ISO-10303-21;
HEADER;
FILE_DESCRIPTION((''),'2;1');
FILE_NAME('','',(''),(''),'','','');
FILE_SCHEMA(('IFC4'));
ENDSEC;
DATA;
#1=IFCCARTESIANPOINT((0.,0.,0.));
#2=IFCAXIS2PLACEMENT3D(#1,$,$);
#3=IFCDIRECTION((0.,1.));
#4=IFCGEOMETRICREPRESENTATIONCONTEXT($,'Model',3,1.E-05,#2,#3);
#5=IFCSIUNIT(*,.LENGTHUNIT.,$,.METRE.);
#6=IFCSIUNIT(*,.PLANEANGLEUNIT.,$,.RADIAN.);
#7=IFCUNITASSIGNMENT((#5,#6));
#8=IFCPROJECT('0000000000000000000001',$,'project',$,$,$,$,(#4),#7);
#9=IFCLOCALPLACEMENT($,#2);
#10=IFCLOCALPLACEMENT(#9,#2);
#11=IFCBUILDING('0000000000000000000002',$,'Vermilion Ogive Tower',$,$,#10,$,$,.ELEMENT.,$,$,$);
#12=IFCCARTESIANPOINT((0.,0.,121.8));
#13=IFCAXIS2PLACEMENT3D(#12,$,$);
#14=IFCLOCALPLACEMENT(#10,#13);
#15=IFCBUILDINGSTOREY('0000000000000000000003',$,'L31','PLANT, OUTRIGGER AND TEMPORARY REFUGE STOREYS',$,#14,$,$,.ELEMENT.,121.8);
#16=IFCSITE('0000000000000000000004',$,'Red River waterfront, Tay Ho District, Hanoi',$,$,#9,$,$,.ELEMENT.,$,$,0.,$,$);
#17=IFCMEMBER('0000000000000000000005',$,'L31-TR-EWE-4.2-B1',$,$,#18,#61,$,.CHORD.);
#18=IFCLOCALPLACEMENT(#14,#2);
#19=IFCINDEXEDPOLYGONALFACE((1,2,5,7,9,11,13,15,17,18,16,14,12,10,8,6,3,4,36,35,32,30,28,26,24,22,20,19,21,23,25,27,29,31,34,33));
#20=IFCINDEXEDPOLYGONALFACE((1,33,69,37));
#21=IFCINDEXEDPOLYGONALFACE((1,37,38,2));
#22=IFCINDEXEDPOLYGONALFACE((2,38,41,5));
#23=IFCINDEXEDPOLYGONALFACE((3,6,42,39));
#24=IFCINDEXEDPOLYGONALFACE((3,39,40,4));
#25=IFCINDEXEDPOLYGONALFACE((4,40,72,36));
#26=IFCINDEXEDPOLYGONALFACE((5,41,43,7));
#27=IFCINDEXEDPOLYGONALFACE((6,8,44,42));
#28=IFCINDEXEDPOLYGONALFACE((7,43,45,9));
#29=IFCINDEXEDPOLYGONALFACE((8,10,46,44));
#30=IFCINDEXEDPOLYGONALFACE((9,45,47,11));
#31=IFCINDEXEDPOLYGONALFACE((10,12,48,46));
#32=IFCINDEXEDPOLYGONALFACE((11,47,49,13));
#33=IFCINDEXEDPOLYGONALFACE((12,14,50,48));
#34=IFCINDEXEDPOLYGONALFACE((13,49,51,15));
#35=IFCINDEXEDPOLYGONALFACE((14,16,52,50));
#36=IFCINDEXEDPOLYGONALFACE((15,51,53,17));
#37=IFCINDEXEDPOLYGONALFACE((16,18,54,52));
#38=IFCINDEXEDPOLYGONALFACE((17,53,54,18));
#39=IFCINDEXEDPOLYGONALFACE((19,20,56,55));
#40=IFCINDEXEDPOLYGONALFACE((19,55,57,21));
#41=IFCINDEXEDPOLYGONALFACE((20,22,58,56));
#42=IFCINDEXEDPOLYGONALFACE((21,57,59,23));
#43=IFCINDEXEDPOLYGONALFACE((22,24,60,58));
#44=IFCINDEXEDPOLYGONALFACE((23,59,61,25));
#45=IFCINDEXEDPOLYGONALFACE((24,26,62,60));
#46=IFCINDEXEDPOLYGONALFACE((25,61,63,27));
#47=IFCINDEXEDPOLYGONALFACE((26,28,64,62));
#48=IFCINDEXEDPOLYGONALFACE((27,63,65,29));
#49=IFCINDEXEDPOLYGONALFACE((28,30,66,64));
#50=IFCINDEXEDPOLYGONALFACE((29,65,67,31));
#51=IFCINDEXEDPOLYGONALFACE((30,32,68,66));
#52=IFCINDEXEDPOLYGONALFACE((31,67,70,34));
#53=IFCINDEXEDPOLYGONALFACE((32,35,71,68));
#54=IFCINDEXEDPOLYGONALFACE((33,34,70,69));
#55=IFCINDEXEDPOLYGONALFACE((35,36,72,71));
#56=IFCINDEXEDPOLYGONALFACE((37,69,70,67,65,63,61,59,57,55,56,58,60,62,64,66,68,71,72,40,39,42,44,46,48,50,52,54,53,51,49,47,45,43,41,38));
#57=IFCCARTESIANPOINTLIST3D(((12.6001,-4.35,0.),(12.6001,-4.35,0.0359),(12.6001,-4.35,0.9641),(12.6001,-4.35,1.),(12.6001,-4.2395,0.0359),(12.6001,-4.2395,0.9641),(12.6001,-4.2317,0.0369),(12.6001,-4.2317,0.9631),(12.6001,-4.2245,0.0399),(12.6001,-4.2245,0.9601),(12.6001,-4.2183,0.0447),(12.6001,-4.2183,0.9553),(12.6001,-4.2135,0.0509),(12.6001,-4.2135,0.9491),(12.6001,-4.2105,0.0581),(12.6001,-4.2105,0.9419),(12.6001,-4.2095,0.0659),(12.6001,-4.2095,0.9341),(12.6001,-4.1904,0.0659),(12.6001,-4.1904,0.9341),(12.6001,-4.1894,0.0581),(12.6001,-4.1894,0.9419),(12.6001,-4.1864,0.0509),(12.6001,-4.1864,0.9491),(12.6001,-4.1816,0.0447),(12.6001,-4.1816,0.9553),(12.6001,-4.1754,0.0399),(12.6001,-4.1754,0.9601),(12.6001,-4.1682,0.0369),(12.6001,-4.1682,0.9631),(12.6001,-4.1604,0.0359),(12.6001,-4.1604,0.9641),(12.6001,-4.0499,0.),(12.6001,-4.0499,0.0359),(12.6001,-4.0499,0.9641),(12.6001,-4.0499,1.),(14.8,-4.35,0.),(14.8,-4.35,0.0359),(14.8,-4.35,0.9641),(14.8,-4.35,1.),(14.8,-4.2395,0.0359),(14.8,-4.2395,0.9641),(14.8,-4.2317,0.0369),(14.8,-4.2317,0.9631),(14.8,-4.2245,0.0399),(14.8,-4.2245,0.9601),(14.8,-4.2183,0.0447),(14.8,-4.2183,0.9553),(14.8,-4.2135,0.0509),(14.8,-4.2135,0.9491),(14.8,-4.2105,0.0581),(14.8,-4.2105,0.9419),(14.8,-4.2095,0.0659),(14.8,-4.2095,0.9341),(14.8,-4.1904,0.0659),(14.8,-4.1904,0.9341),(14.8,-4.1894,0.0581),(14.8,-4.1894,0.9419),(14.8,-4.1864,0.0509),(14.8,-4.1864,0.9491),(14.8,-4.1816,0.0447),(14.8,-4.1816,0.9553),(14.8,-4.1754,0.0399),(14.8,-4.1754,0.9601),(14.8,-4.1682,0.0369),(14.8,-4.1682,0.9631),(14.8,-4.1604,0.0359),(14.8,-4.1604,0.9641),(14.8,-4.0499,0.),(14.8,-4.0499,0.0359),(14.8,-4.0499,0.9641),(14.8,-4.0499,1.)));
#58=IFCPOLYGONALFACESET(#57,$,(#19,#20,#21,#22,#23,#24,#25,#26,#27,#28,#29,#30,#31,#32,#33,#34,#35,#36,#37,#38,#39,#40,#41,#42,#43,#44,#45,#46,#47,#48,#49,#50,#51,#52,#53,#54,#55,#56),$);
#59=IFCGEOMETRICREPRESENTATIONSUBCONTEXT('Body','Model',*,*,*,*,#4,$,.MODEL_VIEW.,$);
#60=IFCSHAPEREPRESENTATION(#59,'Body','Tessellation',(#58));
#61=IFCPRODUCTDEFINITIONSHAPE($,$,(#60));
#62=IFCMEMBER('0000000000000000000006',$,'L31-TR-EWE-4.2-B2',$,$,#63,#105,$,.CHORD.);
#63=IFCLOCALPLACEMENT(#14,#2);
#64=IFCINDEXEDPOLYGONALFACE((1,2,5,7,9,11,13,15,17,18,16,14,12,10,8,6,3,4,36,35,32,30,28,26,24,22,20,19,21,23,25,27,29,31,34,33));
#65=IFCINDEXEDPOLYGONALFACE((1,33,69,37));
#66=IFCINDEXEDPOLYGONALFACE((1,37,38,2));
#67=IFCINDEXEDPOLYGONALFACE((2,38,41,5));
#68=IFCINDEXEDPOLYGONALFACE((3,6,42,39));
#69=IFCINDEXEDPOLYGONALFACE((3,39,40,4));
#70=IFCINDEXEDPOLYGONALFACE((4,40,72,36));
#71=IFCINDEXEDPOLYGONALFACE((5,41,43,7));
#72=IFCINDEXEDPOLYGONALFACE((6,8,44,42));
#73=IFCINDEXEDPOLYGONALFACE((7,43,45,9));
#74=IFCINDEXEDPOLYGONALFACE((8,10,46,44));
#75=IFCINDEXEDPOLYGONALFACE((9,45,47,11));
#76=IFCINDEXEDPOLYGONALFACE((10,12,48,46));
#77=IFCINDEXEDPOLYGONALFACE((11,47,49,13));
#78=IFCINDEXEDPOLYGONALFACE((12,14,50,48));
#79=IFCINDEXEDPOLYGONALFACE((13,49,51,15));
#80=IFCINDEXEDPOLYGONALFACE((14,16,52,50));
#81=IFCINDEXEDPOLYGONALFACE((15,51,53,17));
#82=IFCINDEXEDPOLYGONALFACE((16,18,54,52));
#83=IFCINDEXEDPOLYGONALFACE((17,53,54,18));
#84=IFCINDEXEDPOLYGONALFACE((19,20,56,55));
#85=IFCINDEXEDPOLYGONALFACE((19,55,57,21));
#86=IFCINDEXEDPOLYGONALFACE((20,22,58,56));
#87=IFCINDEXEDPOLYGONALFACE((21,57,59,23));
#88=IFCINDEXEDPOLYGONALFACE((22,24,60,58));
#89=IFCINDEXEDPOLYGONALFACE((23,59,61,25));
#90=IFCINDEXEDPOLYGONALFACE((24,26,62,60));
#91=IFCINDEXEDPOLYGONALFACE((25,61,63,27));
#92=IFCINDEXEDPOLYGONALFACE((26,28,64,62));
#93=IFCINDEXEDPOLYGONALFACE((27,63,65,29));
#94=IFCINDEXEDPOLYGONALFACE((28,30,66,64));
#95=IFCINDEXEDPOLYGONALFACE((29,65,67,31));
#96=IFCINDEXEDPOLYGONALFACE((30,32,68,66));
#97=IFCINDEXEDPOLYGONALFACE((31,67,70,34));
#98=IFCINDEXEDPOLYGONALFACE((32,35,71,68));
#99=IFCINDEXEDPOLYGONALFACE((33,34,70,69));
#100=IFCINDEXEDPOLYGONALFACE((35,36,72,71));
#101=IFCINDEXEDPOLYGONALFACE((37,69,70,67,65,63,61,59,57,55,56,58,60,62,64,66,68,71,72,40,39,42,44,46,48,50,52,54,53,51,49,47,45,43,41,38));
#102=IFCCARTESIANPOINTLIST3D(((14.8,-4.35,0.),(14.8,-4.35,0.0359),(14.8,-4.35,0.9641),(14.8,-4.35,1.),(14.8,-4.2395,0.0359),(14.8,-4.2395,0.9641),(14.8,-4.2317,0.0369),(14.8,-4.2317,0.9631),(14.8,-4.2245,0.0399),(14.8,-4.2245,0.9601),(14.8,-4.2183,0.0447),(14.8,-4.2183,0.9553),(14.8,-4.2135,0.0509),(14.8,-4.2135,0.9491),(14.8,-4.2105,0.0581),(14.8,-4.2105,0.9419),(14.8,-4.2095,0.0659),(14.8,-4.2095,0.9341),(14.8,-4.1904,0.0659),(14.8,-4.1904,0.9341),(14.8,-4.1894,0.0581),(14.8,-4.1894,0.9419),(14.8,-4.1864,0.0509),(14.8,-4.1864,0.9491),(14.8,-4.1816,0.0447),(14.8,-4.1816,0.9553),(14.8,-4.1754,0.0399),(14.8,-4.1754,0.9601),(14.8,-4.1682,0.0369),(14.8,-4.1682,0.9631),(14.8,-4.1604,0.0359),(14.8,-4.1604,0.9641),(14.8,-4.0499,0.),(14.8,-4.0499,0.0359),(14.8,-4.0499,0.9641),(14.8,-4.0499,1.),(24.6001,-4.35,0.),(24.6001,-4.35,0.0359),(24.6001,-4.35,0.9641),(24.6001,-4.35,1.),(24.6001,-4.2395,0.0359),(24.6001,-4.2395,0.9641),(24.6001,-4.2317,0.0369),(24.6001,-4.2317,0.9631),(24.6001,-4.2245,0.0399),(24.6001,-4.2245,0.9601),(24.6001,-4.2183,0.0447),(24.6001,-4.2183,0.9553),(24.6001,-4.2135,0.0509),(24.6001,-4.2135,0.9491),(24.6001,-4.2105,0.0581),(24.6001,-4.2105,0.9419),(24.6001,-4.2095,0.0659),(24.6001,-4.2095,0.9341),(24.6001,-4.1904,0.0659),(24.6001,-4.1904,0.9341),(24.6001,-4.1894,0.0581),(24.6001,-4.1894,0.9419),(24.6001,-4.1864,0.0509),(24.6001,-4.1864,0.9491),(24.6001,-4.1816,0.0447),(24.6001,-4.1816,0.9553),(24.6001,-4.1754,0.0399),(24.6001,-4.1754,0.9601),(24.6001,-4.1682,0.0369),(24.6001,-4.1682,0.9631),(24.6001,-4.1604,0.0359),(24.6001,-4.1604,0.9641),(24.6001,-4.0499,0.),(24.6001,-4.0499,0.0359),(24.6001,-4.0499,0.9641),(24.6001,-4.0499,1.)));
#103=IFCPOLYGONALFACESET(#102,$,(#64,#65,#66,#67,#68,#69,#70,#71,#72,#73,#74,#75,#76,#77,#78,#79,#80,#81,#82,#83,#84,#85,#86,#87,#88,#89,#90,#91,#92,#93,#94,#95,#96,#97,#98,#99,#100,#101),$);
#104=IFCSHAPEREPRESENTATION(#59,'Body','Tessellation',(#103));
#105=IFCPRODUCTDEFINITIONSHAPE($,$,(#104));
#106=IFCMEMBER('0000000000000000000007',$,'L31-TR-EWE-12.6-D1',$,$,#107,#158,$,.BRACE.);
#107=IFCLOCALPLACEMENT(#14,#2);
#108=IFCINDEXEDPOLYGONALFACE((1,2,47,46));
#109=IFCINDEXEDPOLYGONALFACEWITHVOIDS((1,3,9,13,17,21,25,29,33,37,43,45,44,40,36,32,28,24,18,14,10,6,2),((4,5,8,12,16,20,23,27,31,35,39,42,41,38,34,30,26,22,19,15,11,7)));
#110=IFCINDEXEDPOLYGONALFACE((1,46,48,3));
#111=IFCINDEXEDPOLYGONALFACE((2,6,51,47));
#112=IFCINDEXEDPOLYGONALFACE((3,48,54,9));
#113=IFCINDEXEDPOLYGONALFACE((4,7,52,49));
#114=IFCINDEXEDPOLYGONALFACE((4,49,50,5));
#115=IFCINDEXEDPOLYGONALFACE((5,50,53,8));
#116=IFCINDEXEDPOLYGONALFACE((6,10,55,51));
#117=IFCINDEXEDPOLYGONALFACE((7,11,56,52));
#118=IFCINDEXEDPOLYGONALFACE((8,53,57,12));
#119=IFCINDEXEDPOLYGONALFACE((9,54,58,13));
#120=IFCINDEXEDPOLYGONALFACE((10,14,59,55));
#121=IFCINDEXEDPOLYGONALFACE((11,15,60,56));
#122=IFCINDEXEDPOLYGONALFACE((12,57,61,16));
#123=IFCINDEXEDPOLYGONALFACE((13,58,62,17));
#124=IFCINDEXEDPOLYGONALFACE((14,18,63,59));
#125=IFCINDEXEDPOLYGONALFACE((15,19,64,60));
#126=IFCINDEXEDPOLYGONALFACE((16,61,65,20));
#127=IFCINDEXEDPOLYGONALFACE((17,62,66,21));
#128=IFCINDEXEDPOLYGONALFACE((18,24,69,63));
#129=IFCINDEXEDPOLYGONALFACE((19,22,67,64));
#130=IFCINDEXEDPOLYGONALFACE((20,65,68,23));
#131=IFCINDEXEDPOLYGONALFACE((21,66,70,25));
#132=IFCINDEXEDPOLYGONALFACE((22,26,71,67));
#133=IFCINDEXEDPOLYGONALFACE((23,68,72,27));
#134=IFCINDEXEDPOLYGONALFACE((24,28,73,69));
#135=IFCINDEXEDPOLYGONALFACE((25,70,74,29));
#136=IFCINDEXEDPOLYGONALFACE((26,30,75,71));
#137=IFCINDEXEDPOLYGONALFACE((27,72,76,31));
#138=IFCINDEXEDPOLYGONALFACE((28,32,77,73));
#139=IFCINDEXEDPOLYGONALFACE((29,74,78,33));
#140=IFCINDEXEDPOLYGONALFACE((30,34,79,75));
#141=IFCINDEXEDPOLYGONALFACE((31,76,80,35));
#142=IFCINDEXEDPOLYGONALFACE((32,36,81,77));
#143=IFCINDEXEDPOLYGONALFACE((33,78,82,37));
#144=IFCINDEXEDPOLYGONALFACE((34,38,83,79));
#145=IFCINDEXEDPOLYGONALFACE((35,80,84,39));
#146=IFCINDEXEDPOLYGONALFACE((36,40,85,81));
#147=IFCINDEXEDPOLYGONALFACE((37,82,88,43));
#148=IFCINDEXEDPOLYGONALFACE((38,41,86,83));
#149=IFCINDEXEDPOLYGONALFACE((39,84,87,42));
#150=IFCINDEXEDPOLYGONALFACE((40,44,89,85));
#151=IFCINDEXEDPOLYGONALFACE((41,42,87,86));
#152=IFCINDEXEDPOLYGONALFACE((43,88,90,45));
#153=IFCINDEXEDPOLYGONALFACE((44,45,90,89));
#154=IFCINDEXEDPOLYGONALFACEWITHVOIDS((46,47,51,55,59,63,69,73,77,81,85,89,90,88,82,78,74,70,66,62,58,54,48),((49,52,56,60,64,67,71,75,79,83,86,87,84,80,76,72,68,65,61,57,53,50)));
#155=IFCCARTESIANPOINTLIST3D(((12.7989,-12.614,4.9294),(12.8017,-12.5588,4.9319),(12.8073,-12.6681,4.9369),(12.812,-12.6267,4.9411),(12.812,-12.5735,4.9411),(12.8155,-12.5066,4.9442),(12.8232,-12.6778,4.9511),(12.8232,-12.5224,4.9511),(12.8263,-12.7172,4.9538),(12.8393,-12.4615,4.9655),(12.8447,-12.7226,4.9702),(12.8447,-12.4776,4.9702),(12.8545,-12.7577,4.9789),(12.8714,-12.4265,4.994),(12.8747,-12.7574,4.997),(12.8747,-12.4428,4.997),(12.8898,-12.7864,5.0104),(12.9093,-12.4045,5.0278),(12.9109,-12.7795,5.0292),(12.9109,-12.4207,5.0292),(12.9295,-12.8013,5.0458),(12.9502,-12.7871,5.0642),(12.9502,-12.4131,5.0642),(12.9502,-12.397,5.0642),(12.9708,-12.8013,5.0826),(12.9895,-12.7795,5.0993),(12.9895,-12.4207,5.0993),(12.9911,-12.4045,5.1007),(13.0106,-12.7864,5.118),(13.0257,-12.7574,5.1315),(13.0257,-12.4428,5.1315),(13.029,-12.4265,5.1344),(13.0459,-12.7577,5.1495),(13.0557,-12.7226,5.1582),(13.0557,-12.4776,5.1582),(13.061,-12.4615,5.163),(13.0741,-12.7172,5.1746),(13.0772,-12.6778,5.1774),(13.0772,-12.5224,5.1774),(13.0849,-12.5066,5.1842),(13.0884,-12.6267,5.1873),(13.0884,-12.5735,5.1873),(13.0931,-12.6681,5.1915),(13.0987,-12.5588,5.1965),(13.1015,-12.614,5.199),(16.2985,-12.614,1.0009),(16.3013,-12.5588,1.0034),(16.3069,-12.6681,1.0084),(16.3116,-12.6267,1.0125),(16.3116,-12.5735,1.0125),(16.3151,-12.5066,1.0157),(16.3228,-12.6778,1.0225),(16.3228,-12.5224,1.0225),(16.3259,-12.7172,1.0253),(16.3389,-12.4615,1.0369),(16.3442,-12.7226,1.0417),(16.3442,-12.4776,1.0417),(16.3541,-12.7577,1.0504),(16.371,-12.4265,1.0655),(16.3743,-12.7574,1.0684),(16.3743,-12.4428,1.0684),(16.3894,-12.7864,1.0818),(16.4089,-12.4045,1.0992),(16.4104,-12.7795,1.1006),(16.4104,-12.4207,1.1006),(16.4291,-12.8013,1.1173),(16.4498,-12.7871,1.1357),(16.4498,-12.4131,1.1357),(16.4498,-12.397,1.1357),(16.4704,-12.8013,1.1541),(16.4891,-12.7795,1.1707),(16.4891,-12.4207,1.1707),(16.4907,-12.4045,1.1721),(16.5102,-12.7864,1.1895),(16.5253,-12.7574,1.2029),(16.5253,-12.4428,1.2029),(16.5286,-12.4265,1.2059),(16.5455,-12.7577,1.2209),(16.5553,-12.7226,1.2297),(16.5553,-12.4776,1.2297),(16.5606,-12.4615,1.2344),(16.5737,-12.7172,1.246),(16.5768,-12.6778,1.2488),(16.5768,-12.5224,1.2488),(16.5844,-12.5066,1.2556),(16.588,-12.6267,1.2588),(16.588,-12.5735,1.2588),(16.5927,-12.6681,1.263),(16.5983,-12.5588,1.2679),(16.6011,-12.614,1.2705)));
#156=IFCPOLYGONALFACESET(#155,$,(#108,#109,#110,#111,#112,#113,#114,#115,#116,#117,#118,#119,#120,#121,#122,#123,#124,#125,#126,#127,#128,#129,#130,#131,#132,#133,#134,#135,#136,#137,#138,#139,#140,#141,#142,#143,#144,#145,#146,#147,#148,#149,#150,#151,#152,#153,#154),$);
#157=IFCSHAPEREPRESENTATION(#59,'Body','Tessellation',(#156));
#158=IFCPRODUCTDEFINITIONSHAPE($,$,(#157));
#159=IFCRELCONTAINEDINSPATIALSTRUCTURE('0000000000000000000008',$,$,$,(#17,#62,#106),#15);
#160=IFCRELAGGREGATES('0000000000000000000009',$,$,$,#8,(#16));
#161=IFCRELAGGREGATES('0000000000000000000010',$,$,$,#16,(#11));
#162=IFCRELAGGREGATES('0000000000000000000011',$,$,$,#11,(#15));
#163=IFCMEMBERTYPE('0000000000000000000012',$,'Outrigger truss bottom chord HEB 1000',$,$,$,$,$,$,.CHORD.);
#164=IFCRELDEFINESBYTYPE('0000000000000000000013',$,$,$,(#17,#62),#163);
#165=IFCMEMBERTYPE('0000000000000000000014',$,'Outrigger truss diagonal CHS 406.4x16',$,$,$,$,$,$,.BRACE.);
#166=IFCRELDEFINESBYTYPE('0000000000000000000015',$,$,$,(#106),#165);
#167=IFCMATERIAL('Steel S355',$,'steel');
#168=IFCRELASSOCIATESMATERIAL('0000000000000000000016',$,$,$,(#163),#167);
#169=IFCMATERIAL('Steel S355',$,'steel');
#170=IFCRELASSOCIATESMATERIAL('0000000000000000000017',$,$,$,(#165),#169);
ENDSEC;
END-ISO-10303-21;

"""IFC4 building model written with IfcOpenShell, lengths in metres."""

from ifc_helpers import new_model, si_unit, direction, frame, origin, origin_2d, place, context, subcontext, project, spatial, hollow_circle, i_section, extrude, material, material_profile, profile_set, type_object, element, save


model = new_model("IFC4")

# Units and contexts
model_context = context("Model", 3, precision=1e-05, world=origin(), true_north=direction((0.0, 1.0)))
body_context = subcontext(model_context, "Body", "Model", "MODEL_VIEW")
ifc_project = project(units=[si_unit("LENGTHUNIT", "METRE"), si_unit("PLANEANGLEUNIT", "RADIAN")], contexts=[model_context])

# Site, building, storey
site_placement = place(None, origin())
site = spatial("IfcSite", under=ifc_project, at=site_placement, Name="Red River waterfront, Tay Ho District, Hanoi", CompositionType="ELEMENT", RefElevation=0.0)
building_placement = place(site_placement, origin())
building = spatial("IfcBuilding", under=site, at=building_placement, Name="Vermilion Ogive Tower", CompositionType="ELEMENT")
storey_placement = place(building_placement, frame((0.0, 0.0, 121.8)))
storey = spatial("IfcBuildingStorey", under=building, at=storey_placement, Name="L31", Description="PLANT, OUTRIGGER AND TEMPORARY REFUGE STOREYS", CompositionType="ELEMENT", Elevation=121.8)

# Members
ifc_material_1 = material(Name="Steel S355", Category="steel")
ifc_material_profile_1 = material_profile(ifc_material_1, i_section(OverallWidth=0.3, OverallDepth=1.0, WebThickness=0.019, FlangeThickness=0.0359, FilletRadius=0.03, at=origin_2d()), Name="HEB 1000")
ifc_profile_set_1 = profile_set([ifc_material_profile_1], Name="Steel S355")
member_type_1 = type_object("IfcMemberType", Name="Outrigger truss bottom chord HEB 1000", PredefinedType="CHORD", material=ifc_profile_set_1)
member_1_placement = place(storey_placement, frame((12.6001, -4.2, 0.5), z_axis=(1.0, 0.0, 0.0), x_axis=(0.0, 1.0, 0.0)))
element("IfcMember", 1, at=member_1_placement, inside=storey, type_object=member_type_1, Name="L31-TR-EWE-4.2-B1", PredefinedType="CHORD", context=body_context, shape_type="SweptSolid", body=[
    extrude(i_section(OverallWidth=0.3, OverallDepth=1.0, WebThickness=0.019, FlangeThickness=0.0359, FilletRadius=0.03, at=origin_2d()), origin(), (0.0, 0.0, 1.0), 2.2),
])
member_2_placement = place(storey_placement, frame((14.8, -4.2, 0.5), z_axis=(1.0, 0.0, 0.0), x_axis=(0.0, 1.0, 0.0)))
element("IfcMember", 2, at=member_2_placement, inside=storey, type_object=member_type_1, Name="L31-TR-EWE-4.2-B2", PredefinedType="CHORD", context=body_context, shape_type="SweptSolid", body=[
    extrude(i_section(OverallWidth=0.3, OverallDepth=1.0, WebThickness=0.019, FlangeThickness=0.0359, FilletRadius=0.03, at=origin_2d()), origin(), (0.0, 0.0, 1.0), 9.8),
])
ifc_material_2 = material(Name="Steel S355", Category="steel")
ifc_material_profile_2 = material_profile(ifc_material_2, hollow_circle(Radius=0.2031, WallThickness=0.0161, at=origin_2d()), Name="CHS 406.4x16")
ifc_profile_set_2 = profile_set([ifc_material_profile_2], Name="Steel S355")
member_type_2 = type_object("IfcMemberType", Name="Outrigger truss diagonal CHS 406.4x16", PredefinedType="BRACE", material=ifc_profile_set_2)
member_3_placement = place(storey_placement, frame((12.9502, -12.6001, 5.0642), z_axis=(0.665164, 0.0, -0.746697), x_axis=(0.0, 1.0, 0.0)))
element("IfcMember", 3, at=member_3_placement, inside=storey, type_object=member_type_2, Name="L31-TR-EWE-12.6-D1", PredefinedType="BRACE", context=body_context, shape_type="SweptSolid", body=[
    extrude(hollow_circle(Radius=0.2031, WallThickness=0.0161, at=origin_2d()), origin(), (0.0, 0.0, 1.0), 5.2612),
])

save(model, "model.ifc")
